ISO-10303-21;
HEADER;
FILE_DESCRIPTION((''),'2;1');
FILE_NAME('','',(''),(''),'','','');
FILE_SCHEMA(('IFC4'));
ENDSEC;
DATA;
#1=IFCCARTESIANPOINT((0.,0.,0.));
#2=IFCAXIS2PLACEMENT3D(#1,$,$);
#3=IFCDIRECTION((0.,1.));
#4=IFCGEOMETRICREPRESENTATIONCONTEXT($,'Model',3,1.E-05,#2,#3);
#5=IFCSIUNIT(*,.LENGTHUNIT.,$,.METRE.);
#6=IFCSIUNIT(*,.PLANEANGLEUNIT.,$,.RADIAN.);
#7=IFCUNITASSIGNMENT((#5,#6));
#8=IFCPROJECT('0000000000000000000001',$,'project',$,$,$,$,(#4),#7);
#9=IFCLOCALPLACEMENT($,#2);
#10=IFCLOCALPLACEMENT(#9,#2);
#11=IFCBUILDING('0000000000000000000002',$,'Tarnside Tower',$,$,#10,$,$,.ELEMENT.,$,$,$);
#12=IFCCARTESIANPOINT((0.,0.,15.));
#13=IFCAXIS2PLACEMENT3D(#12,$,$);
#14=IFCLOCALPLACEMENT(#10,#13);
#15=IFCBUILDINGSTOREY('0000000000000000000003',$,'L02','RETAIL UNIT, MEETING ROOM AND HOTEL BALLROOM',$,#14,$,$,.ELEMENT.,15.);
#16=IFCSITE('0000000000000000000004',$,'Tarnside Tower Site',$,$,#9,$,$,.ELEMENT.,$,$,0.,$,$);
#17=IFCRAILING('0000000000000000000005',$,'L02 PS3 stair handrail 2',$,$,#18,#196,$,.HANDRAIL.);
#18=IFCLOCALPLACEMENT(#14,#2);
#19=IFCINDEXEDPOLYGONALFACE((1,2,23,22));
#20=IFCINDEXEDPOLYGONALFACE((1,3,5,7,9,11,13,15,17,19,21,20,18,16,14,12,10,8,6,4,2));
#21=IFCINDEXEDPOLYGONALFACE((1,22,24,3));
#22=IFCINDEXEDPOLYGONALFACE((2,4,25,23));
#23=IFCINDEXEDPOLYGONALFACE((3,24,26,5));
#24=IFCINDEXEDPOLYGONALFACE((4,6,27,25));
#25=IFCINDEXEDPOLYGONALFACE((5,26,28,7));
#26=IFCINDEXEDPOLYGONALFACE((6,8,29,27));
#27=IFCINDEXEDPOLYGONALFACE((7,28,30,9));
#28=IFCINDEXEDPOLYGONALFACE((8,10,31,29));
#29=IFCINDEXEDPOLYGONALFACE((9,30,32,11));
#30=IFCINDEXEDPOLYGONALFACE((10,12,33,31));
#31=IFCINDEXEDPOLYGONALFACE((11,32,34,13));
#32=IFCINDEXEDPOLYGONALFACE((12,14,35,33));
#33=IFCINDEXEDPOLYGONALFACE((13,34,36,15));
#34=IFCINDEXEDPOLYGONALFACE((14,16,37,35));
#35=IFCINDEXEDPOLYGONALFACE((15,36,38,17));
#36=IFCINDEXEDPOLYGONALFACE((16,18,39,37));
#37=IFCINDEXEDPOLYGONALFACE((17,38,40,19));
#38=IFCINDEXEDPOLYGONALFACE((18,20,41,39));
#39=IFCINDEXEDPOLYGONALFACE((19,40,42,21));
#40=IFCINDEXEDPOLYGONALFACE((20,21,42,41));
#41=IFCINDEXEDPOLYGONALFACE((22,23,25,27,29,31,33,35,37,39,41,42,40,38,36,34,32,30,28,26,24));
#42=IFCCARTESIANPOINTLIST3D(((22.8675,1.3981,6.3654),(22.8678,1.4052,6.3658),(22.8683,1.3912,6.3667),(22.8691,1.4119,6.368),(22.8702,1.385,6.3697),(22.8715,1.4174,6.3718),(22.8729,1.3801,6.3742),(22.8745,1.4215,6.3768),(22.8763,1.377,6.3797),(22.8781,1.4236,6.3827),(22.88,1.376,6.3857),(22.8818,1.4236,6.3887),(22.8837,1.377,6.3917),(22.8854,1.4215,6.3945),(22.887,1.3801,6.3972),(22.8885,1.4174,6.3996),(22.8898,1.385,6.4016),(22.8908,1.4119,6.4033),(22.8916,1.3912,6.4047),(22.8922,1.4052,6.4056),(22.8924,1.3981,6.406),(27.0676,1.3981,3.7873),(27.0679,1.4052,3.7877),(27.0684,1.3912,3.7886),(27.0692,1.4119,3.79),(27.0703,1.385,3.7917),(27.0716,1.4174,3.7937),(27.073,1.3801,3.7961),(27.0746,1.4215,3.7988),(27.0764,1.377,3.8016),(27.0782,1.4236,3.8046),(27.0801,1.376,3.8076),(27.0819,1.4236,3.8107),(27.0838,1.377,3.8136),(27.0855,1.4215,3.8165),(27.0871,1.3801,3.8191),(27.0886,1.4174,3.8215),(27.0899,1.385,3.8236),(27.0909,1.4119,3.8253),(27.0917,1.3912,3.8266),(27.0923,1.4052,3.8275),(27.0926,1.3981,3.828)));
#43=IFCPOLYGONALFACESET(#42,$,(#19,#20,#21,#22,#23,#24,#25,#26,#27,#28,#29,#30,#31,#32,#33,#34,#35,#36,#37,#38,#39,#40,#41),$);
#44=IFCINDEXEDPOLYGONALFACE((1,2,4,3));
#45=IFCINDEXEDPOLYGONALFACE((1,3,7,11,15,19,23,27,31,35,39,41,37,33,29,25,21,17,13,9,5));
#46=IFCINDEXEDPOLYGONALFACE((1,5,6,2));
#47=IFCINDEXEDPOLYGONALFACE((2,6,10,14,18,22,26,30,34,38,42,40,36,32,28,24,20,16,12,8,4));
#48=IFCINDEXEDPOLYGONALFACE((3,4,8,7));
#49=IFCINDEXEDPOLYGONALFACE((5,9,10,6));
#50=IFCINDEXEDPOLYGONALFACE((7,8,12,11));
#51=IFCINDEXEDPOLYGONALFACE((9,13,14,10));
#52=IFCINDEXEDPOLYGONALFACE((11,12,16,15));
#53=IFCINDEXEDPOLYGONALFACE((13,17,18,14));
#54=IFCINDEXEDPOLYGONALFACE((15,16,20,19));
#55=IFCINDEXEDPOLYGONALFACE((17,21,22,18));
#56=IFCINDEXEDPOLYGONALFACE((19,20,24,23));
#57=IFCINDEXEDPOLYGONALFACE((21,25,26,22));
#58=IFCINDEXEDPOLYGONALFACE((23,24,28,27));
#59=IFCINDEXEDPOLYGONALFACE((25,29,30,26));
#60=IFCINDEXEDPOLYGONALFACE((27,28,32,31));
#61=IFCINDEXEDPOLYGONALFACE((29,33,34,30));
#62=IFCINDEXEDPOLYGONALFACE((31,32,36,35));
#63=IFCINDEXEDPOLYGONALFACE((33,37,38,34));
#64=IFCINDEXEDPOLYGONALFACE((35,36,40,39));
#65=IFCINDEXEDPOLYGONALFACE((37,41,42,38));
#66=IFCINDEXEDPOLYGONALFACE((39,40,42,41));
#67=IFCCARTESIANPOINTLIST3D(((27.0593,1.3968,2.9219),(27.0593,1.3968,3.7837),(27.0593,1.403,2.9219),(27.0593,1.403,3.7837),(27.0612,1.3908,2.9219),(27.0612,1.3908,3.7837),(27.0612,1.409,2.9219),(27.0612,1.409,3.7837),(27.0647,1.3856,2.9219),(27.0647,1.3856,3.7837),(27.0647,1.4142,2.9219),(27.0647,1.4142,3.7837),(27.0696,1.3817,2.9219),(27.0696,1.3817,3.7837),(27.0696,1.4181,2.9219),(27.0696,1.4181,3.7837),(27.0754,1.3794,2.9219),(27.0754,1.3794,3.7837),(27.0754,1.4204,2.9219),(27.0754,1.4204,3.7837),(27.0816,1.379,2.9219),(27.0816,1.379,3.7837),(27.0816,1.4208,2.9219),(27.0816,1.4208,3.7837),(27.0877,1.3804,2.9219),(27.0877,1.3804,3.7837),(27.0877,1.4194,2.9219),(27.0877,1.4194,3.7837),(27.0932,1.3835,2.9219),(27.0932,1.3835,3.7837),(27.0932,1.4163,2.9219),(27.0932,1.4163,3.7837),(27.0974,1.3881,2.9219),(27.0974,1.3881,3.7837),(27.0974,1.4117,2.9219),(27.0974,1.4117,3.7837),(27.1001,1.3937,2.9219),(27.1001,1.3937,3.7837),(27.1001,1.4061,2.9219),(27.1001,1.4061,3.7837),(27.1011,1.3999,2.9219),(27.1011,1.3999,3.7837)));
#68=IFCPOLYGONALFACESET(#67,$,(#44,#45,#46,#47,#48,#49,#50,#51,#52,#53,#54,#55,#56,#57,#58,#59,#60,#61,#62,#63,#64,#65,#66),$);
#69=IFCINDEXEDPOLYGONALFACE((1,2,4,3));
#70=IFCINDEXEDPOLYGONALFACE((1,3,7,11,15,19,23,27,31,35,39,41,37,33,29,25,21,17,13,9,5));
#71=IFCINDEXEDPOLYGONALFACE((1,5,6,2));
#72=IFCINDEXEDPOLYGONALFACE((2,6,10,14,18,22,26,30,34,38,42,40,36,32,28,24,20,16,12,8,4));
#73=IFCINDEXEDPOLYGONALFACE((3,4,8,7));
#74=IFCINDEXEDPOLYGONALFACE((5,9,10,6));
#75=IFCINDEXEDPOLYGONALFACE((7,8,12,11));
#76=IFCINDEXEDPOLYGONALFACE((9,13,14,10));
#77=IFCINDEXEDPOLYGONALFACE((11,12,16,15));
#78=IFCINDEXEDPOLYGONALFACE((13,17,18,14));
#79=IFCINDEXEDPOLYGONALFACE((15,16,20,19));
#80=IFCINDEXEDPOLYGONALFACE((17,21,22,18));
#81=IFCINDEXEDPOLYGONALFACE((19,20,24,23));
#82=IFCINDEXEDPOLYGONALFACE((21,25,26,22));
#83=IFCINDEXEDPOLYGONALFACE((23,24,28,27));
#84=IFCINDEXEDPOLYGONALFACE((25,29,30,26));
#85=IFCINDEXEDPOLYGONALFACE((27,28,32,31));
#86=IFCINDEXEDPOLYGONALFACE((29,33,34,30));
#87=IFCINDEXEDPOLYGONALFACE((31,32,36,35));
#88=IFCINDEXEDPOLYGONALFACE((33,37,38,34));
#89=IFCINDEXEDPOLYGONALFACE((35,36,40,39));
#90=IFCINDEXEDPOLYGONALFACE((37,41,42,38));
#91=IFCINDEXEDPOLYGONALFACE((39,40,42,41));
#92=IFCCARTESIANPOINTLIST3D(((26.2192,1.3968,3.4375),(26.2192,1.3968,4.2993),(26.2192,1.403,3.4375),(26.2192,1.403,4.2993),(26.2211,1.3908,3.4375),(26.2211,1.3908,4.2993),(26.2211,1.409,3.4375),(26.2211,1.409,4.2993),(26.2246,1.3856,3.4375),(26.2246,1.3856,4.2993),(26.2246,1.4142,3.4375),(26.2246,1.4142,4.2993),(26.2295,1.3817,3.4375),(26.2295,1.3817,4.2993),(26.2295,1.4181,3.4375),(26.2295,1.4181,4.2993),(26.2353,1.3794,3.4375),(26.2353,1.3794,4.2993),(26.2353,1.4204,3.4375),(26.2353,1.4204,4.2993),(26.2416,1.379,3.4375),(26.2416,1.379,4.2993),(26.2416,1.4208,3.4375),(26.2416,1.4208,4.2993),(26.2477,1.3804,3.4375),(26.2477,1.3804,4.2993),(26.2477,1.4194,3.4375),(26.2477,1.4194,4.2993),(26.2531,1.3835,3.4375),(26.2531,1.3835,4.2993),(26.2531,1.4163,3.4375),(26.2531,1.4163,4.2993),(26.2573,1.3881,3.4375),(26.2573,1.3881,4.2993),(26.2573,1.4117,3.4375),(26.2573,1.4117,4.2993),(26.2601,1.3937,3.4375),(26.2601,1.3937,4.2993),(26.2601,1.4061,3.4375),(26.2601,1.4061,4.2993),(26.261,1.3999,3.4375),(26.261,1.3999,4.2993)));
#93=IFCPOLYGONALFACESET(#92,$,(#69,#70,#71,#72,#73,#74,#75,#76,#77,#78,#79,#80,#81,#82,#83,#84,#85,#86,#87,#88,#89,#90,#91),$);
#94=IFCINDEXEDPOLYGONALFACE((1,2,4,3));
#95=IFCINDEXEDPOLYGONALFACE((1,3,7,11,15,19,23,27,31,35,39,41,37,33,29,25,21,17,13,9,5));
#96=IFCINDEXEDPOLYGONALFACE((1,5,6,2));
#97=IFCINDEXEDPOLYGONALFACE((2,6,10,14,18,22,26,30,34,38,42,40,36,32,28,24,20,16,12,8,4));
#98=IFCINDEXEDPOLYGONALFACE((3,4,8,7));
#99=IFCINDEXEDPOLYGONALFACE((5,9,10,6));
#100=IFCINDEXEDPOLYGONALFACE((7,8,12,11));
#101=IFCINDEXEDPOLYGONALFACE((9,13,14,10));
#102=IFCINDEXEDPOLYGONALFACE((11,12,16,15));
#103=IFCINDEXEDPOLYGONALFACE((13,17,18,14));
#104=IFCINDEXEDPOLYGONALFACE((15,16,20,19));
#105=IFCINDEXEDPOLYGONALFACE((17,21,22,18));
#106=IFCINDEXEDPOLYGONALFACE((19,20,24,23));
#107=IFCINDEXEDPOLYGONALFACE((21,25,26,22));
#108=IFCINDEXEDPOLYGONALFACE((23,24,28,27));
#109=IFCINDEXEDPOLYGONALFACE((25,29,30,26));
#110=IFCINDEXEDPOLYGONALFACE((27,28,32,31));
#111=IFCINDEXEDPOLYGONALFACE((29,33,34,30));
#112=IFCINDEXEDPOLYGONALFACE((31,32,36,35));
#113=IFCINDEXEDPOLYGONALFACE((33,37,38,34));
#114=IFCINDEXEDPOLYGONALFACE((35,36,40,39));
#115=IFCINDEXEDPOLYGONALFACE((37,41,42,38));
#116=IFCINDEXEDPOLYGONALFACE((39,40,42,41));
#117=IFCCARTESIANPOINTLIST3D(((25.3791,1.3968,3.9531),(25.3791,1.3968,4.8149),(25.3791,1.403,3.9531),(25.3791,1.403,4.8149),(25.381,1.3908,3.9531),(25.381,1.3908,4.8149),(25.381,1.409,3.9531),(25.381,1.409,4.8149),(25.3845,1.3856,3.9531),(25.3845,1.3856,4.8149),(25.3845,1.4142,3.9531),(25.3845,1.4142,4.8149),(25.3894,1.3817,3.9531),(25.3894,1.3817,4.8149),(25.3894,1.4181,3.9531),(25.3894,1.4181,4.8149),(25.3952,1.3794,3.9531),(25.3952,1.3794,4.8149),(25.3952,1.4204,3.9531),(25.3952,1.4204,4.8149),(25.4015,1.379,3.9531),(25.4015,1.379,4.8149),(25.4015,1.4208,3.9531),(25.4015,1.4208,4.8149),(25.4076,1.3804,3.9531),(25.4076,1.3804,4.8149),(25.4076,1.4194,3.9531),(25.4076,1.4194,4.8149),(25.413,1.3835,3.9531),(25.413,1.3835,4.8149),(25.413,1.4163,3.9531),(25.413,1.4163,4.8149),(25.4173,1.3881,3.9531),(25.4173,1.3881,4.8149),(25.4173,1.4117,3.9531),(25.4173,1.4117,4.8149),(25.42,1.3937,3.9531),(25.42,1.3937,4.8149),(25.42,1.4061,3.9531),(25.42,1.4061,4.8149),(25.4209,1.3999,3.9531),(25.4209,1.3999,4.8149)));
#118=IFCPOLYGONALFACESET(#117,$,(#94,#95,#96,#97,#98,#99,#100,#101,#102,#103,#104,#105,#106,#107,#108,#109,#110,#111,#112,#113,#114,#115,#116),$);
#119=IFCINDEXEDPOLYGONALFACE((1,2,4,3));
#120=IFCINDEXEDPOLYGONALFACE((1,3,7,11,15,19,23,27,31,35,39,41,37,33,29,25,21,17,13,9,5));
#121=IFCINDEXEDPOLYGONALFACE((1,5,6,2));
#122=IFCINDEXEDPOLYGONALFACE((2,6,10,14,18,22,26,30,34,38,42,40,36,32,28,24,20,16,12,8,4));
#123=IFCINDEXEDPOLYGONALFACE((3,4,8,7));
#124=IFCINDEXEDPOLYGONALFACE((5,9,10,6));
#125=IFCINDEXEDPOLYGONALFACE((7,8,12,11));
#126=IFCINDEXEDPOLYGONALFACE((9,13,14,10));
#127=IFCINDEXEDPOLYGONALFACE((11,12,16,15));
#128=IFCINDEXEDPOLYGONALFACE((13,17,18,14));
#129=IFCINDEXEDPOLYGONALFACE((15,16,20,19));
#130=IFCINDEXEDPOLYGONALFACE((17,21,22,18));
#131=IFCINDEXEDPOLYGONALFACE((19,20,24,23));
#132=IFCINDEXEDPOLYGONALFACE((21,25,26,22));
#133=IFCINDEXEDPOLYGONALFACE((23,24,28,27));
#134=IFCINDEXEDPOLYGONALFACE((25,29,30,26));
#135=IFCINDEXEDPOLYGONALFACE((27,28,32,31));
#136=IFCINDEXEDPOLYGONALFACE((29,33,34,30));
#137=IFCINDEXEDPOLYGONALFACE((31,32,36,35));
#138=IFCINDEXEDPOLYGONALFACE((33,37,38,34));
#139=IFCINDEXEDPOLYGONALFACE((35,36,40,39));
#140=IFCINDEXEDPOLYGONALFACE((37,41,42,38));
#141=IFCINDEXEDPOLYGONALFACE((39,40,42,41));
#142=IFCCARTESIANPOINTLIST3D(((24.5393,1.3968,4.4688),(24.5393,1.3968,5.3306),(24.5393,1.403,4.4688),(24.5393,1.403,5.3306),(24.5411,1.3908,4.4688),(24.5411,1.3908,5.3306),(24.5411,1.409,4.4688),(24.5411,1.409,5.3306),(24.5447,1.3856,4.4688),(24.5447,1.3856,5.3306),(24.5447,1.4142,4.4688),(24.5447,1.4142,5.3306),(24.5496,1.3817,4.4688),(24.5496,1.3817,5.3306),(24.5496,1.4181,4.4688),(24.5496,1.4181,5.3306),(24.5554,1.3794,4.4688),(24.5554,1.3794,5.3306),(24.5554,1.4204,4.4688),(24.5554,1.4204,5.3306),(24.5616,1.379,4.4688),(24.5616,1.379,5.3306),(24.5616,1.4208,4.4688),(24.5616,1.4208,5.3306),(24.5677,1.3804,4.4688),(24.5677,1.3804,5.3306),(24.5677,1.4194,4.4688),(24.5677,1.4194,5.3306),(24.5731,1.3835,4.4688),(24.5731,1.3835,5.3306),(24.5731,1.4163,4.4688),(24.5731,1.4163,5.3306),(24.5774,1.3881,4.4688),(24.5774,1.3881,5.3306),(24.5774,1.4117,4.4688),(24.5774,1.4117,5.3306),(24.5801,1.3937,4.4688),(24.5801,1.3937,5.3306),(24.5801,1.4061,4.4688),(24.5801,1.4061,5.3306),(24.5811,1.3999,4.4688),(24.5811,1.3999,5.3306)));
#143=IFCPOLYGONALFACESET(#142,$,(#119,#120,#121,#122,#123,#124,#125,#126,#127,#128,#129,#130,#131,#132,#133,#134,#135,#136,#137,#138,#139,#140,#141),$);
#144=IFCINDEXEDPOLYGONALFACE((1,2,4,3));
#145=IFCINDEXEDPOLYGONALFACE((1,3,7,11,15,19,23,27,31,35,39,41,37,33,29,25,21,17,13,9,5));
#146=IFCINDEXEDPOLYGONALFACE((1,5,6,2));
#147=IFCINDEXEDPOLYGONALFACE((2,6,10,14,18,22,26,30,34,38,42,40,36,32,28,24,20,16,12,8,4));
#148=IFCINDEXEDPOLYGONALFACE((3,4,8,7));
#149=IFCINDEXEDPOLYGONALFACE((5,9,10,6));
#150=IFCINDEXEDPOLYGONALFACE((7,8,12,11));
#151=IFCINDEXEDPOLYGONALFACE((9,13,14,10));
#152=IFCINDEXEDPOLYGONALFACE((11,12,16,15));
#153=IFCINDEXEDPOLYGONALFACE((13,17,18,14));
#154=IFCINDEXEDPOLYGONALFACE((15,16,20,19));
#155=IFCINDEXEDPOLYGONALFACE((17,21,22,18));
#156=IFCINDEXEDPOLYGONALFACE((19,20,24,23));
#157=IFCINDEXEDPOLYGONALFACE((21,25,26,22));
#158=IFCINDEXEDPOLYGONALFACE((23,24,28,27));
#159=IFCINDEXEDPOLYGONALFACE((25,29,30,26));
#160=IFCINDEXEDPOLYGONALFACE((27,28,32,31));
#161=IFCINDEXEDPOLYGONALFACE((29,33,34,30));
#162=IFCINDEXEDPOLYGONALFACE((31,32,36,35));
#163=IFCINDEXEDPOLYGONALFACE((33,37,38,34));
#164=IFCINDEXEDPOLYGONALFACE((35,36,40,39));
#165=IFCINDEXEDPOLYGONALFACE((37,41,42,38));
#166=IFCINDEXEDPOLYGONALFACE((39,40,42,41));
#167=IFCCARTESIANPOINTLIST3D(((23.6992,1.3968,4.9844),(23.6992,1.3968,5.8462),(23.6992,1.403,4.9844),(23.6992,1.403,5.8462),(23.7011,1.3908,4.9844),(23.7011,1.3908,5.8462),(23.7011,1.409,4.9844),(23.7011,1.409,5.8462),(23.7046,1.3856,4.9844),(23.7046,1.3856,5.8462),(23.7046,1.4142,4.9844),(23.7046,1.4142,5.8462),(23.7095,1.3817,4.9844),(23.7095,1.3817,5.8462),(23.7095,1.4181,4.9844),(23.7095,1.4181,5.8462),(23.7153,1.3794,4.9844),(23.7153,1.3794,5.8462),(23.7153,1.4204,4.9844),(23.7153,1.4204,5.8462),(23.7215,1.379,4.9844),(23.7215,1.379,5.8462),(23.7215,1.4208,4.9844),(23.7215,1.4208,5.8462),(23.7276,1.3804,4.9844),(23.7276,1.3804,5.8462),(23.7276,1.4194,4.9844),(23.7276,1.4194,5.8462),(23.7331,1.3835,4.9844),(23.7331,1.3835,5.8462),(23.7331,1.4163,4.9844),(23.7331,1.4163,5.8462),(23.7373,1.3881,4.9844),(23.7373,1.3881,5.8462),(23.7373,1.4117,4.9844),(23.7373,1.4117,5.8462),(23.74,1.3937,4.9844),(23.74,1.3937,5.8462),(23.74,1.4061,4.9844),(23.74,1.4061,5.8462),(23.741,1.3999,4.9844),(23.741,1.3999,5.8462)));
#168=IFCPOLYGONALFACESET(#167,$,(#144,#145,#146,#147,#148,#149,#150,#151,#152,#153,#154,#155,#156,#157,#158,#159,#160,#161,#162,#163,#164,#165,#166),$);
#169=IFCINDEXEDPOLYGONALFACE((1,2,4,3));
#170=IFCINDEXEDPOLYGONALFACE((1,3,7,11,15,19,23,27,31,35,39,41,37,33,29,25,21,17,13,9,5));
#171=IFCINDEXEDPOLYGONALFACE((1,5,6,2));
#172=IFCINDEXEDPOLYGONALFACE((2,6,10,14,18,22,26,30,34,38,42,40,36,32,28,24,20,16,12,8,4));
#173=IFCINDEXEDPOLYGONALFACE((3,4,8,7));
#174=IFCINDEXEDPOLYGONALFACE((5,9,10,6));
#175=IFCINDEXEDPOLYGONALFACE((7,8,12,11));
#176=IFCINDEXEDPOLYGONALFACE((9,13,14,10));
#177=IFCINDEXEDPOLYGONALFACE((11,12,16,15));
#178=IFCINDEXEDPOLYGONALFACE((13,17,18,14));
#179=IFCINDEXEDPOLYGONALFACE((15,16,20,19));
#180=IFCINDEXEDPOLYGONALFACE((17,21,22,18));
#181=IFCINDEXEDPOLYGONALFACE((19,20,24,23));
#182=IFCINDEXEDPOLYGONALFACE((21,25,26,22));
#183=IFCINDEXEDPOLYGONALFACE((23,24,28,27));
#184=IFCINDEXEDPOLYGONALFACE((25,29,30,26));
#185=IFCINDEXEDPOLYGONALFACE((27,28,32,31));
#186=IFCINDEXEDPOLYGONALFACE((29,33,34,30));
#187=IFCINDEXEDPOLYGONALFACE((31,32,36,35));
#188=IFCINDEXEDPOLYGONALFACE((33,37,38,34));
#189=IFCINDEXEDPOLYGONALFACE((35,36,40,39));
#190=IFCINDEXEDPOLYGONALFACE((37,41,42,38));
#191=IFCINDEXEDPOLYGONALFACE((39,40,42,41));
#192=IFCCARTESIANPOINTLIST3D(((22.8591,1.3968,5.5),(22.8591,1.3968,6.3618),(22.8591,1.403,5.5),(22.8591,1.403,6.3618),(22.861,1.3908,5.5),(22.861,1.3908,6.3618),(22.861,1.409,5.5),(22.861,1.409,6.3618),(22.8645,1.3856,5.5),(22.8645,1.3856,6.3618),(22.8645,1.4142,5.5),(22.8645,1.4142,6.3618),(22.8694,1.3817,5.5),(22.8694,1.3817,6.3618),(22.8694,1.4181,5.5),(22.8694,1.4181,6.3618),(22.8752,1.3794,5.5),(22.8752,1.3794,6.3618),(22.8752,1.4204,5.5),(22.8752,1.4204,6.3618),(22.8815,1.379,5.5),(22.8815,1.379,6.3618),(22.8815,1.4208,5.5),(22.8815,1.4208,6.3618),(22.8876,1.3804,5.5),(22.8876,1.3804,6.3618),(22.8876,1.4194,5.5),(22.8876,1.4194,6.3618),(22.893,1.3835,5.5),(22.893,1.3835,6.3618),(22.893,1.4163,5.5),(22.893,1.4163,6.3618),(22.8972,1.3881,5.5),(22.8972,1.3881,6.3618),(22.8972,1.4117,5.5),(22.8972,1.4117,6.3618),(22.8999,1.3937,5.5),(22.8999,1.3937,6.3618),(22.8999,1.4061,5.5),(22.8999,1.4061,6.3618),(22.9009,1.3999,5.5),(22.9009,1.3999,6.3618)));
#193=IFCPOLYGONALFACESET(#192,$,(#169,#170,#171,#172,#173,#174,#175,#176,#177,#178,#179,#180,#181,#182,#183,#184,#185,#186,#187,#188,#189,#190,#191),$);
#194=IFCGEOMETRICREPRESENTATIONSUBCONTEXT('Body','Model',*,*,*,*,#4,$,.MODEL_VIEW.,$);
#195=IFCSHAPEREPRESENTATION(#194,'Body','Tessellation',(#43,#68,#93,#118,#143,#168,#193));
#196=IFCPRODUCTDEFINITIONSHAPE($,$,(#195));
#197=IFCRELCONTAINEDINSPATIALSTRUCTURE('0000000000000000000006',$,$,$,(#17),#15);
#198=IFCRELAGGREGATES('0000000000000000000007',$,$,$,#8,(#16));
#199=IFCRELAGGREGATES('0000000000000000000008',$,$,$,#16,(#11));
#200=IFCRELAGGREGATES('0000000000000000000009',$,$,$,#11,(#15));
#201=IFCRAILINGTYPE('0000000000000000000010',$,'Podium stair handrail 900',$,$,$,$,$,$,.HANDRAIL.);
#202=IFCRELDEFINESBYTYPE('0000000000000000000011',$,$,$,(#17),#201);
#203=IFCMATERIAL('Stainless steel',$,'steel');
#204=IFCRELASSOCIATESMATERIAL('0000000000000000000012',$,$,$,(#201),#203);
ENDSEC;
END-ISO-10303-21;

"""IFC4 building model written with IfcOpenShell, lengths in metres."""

from ifc_helpers import new_model, si_unit, direction, frame, origin, origin_2d, place, context, subcontext, project, spatial, circle, extrude, material, type_object, element, save


model = new_model("IFC4")

# Units and contexts
model_context = context("Model", 3, precision=1e-05, world=origin(), true_north=direction((0.0, 1.0)))
body_context = subcontext(model_context, "Body", "Model", "MODEL_VIEW")
ifc_project = project(units=[si_unit("LENGTHUNIT", "METRE"), si_unit("PLANEANGLEUNIT", "RADIAN")], contexts=[model_context])

# Site, building, storey
site_placement = place(None, origin())
site = spatial("IfcSite", under=ifc_project, at=site_placement, Name="Tarnside Tower Site", CompositionType="ELEMENT", RefElevation=0.0)
building_placement = place(site_placement, origin())
building = spatial("IfcBuilding", under=site, at=building_placement, Name="Tarnside Tower", CompositionType="ELEMENT")
storey_placement = place(building_placement, frame((0.0, 0.0, 15.0)))
storey = spatial("IfcBuildingStorey", under=building, at=storey_placement, Name="L02", Description="RETAIL UNIT, MEETING ROOM AND HOTEL BALLROOM", CompositionType="ELEMENT", Elevation=15.0)

# Railing
ifc_material_1 = material(Name="Stainless steel", Category="steel")
railing_type_1 = type_object("IfcRailingType", Name="Podium stair handrail 900", PredefinedType="HANDRAIL", material=ifc_material_1)
railing_1_placement = place(storey_placement, frame((27.0801, 1.3999, 2.9219)))
element("IfcRailing", 1, at=railing_1_placement, inside=storey, type_object=railing_type_1, Name="L02 PS3 stair handrail 2", PredefinedType="HANDRAIL", context=body_context, shape_type="SweptSolid", body=[
    extrude(circle(Radius=0.0239, at=origin_2d()), frame((0.0, 0.0, 0.8857), z_axis=(-0.852256, 0.0, 0.523124), x_axis=(0.0, -1.0, 0.0)), (0.0, 0.0, 1.0), 4.9282),
    extrude(circle(Radius=0.021, at=origin_2d()), origin(), (0.0, 0.0, 1.0), 0.8618),
    extrude(circle(Radius=0.021, at=origin_2d()), frame((-0.8401, 0.0, 0.5156)), (0.0, 0.0, 1.0), 0.8618),
    extrude(circle(Radius=0.021, at=origin_2d()), frame((-1.6802, 0.0, 1.0312)), (0.0, 0.0, 1.0), 0.8618),
    extrude(circle(Radius=0.021, at=origin_2d()), frame((-2.52, 0.0, 1.5469)), (0.0, 0.0, 1.0), 0.8618),
    extrude(circle(Radius=0.021, at=origin_2d()), frame((-3.3601, 0.0, 2.0625)), (0.0, 0.0, 1.0), 0.8618),
    extrude(circle(Radius=0.021, at=origin_2d()), frame((-4.2002, 0.0, 2.5781)), (0.0, 0.0, 1.0), 0.8618),
])

save(model, "model.ifc")
